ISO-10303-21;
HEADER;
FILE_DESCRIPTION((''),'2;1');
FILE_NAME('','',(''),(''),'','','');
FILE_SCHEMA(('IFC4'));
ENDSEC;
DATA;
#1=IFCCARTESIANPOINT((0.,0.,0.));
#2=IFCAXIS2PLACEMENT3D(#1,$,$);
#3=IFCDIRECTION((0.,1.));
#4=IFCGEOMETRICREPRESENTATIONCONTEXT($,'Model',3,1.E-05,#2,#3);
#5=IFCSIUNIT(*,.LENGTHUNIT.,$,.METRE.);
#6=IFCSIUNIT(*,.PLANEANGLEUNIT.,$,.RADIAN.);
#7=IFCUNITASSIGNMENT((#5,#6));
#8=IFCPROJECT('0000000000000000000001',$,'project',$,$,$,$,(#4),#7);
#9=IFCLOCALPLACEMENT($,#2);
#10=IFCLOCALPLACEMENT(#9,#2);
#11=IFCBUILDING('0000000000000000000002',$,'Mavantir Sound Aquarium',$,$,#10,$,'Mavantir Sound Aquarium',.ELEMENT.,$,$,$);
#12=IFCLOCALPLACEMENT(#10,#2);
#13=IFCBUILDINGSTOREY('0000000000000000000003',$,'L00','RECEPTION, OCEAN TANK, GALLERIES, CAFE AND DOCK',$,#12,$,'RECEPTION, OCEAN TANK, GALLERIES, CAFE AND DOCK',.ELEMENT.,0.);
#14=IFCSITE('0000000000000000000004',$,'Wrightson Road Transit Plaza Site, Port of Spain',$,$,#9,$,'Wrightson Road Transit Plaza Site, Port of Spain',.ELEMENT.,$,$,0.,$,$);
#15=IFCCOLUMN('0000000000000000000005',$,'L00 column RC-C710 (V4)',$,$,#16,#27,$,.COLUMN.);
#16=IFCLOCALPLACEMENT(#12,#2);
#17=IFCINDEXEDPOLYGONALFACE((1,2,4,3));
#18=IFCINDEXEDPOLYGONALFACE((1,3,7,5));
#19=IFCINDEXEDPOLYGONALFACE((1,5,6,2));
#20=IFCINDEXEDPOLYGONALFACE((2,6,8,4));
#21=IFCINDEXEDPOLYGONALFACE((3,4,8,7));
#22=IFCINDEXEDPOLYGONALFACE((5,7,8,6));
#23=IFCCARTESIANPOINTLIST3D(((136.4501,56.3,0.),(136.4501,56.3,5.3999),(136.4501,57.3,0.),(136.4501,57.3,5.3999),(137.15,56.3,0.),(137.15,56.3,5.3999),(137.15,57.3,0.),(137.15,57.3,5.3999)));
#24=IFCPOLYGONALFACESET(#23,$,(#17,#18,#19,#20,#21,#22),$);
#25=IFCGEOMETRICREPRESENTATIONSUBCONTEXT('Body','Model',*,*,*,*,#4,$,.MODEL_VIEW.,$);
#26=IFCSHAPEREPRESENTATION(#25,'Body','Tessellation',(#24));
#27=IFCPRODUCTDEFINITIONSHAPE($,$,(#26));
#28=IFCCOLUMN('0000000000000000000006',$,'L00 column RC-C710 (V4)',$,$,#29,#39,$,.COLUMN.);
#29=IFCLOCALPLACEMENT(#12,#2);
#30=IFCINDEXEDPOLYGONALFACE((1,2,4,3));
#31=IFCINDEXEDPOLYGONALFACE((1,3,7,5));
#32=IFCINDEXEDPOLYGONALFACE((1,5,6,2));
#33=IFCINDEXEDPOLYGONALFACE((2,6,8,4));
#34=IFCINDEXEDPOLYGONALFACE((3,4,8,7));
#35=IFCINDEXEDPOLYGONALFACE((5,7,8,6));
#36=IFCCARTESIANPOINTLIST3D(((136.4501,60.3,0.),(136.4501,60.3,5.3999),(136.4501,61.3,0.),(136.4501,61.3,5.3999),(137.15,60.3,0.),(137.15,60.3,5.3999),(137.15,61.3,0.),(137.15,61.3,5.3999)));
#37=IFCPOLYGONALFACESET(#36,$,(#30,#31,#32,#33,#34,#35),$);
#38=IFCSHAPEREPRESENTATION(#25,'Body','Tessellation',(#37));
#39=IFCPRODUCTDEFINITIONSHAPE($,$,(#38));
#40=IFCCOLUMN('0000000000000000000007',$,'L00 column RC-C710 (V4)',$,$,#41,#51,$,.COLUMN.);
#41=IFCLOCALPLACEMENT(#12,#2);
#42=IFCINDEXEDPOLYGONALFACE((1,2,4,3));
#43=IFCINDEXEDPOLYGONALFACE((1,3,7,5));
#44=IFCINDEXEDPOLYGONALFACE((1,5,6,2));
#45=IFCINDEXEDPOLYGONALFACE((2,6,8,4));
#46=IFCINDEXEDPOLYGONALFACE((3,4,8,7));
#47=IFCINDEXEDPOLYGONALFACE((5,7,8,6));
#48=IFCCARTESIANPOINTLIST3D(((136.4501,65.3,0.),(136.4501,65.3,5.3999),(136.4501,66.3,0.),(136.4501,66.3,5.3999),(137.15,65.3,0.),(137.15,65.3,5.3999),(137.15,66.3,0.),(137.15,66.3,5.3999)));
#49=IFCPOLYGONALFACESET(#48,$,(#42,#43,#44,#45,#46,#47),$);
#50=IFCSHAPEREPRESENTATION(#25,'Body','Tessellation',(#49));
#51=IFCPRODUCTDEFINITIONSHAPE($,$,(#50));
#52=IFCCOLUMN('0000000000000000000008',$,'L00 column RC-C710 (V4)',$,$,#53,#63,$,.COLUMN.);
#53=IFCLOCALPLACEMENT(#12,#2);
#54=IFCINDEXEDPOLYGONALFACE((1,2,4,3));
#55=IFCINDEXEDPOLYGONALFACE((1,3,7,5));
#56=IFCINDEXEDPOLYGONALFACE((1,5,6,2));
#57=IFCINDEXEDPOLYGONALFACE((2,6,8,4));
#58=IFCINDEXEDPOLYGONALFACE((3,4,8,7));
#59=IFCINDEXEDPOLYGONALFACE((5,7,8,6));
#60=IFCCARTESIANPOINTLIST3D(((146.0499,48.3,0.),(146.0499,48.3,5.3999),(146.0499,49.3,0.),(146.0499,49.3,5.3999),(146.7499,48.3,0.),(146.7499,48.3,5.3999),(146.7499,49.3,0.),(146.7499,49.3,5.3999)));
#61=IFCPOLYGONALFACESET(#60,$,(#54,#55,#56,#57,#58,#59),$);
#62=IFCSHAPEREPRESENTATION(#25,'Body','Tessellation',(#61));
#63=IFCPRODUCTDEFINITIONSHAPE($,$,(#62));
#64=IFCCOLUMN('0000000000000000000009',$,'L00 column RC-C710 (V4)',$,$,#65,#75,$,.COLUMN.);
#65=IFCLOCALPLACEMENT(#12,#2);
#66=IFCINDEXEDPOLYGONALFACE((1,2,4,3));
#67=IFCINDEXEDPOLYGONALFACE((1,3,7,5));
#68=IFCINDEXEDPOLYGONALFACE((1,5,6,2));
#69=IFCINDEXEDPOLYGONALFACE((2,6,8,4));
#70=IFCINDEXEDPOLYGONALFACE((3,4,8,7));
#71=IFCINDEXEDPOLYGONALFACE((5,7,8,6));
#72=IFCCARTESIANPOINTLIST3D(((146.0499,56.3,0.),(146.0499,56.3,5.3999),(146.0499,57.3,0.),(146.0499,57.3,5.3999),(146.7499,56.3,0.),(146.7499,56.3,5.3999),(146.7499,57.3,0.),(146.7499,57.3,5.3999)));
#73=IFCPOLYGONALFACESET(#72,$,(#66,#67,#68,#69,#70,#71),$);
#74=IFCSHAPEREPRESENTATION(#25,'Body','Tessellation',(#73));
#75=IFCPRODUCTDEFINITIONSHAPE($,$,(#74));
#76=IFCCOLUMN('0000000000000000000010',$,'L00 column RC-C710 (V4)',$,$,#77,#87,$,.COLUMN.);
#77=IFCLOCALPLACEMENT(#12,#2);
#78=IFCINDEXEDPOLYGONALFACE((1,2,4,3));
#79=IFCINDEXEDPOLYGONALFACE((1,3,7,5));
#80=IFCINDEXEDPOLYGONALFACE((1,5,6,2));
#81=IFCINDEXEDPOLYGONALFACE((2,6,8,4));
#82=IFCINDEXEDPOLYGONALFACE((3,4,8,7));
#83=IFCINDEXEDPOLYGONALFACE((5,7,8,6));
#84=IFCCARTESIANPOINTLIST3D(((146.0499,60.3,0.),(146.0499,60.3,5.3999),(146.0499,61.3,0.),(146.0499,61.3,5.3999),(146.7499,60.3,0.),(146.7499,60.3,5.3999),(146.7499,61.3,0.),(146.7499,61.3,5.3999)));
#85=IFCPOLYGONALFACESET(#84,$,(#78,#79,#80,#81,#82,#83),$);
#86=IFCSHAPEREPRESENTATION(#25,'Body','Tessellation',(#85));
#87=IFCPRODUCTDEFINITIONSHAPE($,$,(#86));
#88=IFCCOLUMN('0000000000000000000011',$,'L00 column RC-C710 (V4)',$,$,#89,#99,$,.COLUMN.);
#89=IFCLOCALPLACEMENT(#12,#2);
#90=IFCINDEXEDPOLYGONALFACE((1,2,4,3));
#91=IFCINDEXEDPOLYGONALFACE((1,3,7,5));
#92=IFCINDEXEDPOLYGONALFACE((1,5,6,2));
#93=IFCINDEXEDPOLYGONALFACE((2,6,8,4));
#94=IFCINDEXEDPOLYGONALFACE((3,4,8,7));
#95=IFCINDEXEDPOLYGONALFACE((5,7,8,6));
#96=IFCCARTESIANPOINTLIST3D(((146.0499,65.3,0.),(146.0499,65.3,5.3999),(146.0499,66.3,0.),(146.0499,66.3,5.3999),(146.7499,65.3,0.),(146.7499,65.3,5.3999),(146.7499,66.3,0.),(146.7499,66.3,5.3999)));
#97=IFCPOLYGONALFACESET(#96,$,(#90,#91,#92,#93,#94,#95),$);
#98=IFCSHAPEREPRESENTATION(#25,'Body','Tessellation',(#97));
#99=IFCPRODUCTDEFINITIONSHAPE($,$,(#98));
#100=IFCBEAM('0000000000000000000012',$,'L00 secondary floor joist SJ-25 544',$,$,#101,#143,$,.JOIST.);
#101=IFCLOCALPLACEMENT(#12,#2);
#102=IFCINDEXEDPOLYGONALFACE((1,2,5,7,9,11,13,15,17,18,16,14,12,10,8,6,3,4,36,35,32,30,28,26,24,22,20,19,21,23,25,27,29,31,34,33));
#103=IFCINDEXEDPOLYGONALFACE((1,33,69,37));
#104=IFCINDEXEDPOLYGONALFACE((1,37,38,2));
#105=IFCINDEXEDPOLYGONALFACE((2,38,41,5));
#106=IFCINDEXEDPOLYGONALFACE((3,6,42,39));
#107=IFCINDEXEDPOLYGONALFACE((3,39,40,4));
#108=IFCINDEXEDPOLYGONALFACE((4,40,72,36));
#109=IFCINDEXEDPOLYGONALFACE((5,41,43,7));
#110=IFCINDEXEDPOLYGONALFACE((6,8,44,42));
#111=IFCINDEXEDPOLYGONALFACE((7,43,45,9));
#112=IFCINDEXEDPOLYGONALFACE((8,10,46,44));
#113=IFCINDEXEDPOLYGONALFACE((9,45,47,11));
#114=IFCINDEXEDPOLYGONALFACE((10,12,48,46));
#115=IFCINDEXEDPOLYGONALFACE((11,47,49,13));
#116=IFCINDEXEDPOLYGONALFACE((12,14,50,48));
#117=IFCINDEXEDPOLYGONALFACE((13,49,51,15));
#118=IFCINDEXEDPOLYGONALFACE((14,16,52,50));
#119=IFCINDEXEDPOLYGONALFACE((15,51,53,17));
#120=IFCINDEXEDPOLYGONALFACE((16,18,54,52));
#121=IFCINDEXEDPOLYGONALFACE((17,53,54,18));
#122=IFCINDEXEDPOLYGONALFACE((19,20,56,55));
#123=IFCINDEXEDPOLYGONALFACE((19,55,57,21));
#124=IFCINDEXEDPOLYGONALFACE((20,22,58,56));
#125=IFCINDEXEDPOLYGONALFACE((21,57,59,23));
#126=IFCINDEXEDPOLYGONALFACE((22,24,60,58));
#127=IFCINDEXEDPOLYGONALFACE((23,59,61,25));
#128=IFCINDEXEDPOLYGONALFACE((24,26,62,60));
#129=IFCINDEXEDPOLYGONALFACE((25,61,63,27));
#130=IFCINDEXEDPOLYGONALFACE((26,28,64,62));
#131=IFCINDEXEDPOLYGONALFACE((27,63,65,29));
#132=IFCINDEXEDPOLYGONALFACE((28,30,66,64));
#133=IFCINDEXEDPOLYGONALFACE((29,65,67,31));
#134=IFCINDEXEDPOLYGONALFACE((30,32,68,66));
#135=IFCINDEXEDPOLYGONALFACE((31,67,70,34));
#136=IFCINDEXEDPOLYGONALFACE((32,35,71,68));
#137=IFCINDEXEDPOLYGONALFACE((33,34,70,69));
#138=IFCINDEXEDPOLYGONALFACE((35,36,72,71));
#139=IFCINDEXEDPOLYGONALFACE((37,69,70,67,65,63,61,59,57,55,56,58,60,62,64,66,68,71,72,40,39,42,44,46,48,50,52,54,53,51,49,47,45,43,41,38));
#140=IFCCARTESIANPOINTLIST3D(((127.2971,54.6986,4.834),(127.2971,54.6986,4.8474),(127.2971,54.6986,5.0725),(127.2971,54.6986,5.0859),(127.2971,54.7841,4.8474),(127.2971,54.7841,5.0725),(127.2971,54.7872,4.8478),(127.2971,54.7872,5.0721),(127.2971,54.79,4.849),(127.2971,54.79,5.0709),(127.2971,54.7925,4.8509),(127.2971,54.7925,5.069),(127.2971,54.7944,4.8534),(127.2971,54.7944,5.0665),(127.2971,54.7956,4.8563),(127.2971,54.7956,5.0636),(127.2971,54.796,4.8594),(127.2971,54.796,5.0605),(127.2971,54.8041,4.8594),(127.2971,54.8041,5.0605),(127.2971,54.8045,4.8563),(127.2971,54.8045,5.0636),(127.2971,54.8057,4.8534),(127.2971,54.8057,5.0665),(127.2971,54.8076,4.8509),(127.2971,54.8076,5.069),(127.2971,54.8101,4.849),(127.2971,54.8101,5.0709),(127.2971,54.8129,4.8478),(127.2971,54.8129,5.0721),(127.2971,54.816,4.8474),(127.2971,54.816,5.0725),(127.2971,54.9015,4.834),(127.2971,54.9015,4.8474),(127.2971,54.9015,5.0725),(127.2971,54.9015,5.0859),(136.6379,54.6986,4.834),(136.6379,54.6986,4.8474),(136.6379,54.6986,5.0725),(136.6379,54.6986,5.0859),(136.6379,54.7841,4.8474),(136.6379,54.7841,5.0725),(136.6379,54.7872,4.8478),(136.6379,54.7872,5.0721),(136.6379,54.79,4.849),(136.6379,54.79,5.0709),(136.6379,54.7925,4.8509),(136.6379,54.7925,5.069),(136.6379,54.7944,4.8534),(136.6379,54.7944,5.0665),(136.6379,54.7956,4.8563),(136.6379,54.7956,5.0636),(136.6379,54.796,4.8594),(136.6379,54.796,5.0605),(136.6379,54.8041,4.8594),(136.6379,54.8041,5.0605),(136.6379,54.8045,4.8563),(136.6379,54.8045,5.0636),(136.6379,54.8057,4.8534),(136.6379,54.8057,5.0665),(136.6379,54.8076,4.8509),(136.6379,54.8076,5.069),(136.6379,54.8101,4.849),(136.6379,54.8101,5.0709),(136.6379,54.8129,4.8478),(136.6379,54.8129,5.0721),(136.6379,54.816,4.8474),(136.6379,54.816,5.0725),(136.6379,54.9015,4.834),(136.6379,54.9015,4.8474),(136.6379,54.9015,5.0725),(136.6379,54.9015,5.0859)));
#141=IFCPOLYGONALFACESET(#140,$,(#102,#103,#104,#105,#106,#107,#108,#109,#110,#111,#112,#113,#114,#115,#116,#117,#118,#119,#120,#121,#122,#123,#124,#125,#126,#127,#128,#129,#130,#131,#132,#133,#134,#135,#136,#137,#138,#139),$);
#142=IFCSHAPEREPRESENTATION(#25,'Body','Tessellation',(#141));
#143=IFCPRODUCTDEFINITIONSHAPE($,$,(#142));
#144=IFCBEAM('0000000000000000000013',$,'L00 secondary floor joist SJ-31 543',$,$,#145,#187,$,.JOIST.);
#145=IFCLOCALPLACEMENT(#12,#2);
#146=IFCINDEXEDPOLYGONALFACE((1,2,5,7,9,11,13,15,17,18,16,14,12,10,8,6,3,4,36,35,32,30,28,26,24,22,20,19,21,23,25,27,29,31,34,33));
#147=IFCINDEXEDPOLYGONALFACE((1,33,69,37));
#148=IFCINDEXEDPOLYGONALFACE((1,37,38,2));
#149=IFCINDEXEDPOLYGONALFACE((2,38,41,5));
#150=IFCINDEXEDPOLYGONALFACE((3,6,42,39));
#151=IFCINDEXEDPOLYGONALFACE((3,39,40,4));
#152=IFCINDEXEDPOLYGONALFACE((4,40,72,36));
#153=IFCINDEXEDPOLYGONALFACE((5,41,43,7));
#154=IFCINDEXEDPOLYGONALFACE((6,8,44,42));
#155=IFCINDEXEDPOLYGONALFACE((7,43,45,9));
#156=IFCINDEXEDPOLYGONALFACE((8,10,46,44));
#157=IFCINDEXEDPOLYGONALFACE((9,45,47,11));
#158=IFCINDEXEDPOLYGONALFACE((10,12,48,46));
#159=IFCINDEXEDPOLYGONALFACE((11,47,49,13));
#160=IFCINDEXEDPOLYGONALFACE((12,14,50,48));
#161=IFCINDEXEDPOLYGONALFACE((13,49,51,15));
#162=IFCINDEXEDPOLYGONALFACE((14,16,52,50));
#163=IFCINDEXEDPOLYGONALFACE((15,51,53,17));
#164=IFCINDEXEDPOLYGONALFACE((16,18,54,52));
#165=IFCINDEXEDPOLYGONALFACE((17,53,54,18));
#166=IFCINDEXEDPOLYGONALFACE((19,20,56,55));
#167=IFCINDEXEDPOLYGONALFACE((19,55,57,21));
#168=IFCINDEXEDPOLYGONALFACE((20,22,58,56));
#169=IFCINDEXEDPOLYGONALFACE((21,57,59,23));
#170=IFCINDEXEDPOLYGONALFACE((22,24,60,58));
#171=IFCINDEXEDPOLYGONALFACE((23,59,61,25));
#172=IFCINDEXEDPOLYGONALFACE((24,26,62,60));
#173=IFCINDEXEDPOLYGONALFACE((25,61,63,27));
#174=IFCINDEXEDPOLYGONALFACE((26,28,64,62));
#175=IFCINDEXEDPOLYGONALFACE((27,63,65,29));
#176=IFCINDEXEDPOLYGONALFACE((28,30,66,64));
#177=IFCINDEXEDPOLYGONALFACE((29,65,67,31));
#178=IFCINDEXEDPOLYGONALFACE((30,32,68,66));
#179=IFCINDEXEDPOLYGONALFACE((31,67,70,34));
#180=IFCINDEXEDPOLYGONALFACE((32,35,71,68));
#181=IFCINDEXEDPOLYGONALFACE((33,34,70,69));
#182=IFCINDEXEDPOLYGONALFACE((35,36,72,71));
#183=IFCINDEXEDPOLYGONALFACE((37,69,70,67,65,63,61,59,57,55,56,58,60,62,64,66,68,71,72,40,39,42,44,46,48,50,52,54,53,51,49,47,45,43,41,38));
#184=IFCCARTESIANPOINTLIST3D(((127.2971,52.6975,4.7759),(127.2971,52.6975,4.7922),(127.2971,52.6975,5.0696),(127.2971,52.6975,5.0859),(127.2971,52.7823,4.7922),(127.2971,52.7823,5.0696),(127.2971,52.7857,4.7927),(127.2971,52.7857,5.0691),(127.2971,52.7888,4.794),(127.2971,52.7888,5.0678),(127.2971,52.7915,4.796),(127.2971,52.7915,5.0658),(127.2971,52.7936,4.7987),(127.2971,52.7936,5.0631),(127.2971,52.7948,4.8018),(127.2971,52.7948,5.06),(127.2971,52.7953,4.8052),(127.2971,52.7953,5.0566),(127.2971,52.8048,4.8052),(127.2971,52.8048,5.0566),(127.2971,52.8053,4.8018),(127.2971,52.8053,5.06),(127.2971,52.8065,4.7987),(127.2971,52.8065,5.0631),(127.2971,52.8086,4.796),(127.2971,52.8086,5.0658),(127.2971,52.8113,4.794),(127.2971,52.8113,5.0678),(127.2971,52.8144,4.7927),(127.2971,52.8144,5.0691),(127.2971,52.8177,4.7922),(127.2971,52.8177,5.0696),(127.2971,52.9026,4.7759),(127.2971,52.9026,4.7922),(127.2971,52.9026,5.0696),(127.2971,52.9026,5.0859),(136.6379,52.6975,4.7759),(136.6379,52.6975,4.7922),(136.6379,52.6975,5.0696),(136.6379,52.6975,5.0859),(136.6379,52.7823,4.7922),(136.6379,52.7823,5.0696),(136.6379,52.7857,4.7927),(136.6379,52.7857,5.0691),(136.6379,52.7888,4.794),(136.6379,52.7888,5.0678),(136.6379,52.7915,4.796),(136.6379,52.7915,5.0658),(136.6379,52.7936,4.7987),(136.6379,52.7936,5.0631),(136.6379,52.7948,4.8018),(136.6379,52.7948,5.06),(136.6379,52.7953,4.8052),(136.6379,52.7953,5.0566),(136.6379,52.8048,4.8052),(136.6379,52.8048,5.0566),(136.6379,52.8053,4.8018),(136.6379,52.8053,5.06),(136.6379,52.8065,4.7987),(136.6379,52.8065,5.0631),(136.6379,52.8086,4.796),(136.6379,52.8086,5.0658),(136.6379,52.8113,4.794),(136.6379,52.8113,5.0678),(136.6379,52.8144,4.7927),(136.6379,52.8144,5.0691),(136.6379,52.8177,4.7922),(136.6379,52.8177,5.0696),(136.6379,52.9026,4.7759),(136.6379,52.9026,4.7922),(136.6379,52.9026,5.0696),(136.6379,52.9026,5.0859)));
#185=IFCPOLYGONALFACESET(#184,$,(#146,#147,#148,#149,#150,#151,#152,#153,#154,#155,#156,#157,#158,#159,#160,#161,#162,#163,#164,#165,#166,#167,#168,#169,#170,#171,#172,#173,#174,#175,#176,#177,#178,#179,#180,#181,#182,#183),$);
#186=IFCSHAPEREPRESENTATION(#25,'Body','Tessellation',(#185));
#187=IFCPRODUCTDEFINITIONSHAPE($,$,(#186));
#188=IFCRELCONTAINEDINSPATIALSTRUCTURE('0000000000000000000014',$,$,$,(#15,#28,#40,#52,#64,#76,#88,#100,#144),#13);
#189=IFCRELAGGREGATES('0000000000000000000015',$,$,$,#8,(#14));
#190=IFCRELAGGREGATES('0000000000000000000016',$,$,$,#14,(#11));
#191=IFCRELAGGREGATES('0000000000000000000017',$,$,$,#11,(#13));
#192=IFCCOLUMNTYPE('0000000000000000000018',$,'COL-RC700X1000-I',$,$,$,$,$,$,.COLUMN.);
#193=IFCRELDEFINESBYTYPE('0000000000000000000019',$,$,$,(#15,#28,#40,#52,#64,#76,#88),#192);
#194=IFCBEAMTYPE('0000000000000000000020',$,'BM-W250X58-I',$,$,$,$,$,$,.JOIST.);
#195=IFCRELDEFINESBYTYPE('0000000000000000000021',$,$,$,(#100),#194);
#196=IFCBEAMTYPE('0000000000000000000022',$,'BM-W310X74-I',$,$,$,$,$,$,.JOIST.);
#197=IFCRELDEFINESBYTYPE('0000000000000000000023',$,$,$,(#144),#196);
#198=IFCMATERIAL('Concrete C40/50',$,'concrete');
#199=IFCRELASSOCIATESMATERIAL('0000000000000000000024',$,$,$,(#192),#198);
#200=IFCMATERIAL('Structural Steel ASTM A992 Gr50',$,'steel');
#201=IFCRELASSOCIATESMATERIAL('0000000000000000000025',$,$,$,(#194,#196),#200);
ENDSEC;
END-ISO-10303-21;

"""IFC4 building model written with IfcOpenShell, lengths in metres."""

from ifc_helpers import new_model, si_unit, direction, frame, origin, origin_2d, place, context, subcontext, project, spatial, rectangle, i_section, extrude, material, material_profile, profile_set, type_object, element, save


model = new_model("IFC4")

# Units and contexts
model_context = context("Model", 3, precision=1e-05, world=origin(), true_north=direction((0.0, 1.0)))
body_context = subcontext(model_context, "Body", "Model", "MODEL_VIEW")
ifc_project = project(units=[si_unit("LENGTHUNIT", "METRE"), si_unit("PLANEANGLEUNIT", "RADIAN")], contexts=[model_context])

# Site, building, storey
site_placement = place(None, origin())
site = spatial("IfcSite", under=ifc_project, at=site_placement, Name="Wrightson Road Transit Plaza Site, Port of Spain", LongName="Wrightson Road Transit Plaza Site, Port of Spain", CompositionType="ELEMENT", RefElevation=0.0)
building_placement = place(site_placement, origin())
building = spatial("IfcBuilding", under=site, at=building_placement, Name="Mavantir Sound Aquarium", LongName="Mavantir Sound Aquarium", CompositionType="ELEMENT")
storey_placement = place(building_placement, origin())
storey = spatial("IfcBuildingStorey", under=building, at=storey_placement, Name="L00", Description="RECEPTION, OCEAN TANK, GALLERIES, CAFE AND DOCK", LongName="RECEPTION, OCEAN TANK, GALLERIES, CAFE AND DOCK", CompositionType="ELEMENT", Elevation=0.0)

# Columns
ifc_material_1 = material(Name="Concrete C40/50", Category="concrete")
ifc_material_profile_1 = material_profile(ifc_material_1, rectangle(XDim=0.7, YDim=1.0, at=origin_2d()), Name="RC 700X1000")
ifc_profile_set_1 = profile_set([ifc_material_profile_1], Name="Concrete C40/50")
column_type = type_object("IfcColumnType", Name="COL-RC700X1000-I", PredefinedType="COLUMN", material=ifc_profile_set_1)
for number, where, z_axis, x_axis, name in (
    (1, (136.8, 56.8, 0.0), (0.0, 0.0, 1.0), (1.0, 0.0, 0.0), "L00 column RC-C710 (V4)"),
    (2, (136.8, 60.8, 0.0), (0.0, 0.0, 1.0), (1.0, 0.0, 0.0), "L00 column RC-C710 (V4)"),
    (3, (136.8, 65.8, 0.0), (0.0, 0.0, 1.0), (1.0, 0.0, 0.0), "L00 column RC-C710 (V4)"),
    (4, (146.3999, 48.8, 0.0), (0.0, 0.0, 1.0), (1.0, 0.0, 0.0), "L00 column RC-C710 (V4)"),
    (5, (146.3999, 56.8, 0.0), (0.0, 0.0, 1.0), (1.0, 0.0, 0.0), "L00 column RC-C710 (V4)"),
    (6, (146.3999, 60.8, 0.0), (0.0, 0.0, 1.0), (1.0, 0.0, 0.0), "L00 column RC-C710 (V4)"),
    (7, (146.3999, 65.8, 0.0), (0.0, 0.0, 1.0), (1.0, 0.0, 0.0), "L00 column RC-C710 (V4)"),
):
    element("IfcColumn", number, at=place(storey_placement, frame(where, z_axis=z_axis, x_axis=x_axis)), inside=storey, type_object=column_type, Name=name, PredefinedType="COLUMN", context=body_context, shape_type="SweptSolid", body=[
        extrude(rectangle(XDim=0.7, YDim=1.0, at=origin_2d()), origin(), (0.0, 0.0, 1.0), 5.3999),
    ])

# Beams
ifc_material_2 = material(Name="Structural Steel ASTM A992 Gr50", Category="steel")
ifc_material_profile_2 = material_profile(ifc_material_2, i_section(OverallWidth=0.2029, OverallDepth=0.252, WebThickness=0.0081, FlangeThickness=0.0134, FilletRadius=0.012, at=origin_2d()), Name="W250X58")
ifc_profile_set_2 = profile_set([ifc_material_profile_2], Name="Structural Steel ASTM A992 Gr50")
beam_type_1 = type_object("IfcBeamType", Name="BM-W250X58-I", PredefinedType="JOIST", material=ifc_profile_set_2)
beam_1_placement = place(storey_placement, frame((127.2971, 54.8, 4.96), z_axis=(1.0, 0.0, 0.0), x_axis=(0.0, 1.0, 0.0)))
element("IfcBeam", 8, at=beam_1_placement, inside=storey, type_object=beam_type_1, Name="L00 secondary floor joist SJ-25 544", PredefinedType="JOIST", context=body_context, shape_type="SweptSolid", body=[
    extrude(i_section(OverallWidth=0.2029, OverallDepth=0.252, WebThickness=0.0081, FlangeThickness=0.0134, FilletRadius=0.012, at=origin_2d()), origin(), (0.0, 0.0, 1.0), 9.3408),
])
ifc_material_profile_3 = material_profile(ifc_material_2, i_section(OverallWidth=0.2051, OverallDepth=0.3101, WebThickness=0.0095, FlangeThickness=0.0164, FilletRadius=0.0129, at=origin_2d()), Name="W310X74")
ifc_profile_set_3 = profile_set([ifc_material_profile_3], Name="Structural Steel ASTM A992 Gr50")
beam_type_2 = type_object("IfcBeamType", Name="BM-W310X74-I", PredefinedType="JOIST", material=ifc_profile_set_3)
beam_2_placement = place(storey_placement, frame((127.2971, 52.8, 4.9309), z_axis=(1.0, 0.0, 0.0), x_axis=(0.0, 1.0, 0.0)))
element("IfcBeam", 9, at=beam_2_placement, inside=storey, type_object=beam_type_2, Name="L00 secondary floor joist SJ-31 543", PredefinedType="JOIST", context=body_context, shape_type="SweptSolid", body=[
    extrude(i_section(OverallWidth=0.2051, OverallDepth=0.3101, WebThickness=0.0095, FlangeThickness=0.0164, FilletRadius=0.0129, at=origin_2d()), origin(), (0.0, 0.0, 1.0), 9.3408),
])

save(model, "model.ifc")
